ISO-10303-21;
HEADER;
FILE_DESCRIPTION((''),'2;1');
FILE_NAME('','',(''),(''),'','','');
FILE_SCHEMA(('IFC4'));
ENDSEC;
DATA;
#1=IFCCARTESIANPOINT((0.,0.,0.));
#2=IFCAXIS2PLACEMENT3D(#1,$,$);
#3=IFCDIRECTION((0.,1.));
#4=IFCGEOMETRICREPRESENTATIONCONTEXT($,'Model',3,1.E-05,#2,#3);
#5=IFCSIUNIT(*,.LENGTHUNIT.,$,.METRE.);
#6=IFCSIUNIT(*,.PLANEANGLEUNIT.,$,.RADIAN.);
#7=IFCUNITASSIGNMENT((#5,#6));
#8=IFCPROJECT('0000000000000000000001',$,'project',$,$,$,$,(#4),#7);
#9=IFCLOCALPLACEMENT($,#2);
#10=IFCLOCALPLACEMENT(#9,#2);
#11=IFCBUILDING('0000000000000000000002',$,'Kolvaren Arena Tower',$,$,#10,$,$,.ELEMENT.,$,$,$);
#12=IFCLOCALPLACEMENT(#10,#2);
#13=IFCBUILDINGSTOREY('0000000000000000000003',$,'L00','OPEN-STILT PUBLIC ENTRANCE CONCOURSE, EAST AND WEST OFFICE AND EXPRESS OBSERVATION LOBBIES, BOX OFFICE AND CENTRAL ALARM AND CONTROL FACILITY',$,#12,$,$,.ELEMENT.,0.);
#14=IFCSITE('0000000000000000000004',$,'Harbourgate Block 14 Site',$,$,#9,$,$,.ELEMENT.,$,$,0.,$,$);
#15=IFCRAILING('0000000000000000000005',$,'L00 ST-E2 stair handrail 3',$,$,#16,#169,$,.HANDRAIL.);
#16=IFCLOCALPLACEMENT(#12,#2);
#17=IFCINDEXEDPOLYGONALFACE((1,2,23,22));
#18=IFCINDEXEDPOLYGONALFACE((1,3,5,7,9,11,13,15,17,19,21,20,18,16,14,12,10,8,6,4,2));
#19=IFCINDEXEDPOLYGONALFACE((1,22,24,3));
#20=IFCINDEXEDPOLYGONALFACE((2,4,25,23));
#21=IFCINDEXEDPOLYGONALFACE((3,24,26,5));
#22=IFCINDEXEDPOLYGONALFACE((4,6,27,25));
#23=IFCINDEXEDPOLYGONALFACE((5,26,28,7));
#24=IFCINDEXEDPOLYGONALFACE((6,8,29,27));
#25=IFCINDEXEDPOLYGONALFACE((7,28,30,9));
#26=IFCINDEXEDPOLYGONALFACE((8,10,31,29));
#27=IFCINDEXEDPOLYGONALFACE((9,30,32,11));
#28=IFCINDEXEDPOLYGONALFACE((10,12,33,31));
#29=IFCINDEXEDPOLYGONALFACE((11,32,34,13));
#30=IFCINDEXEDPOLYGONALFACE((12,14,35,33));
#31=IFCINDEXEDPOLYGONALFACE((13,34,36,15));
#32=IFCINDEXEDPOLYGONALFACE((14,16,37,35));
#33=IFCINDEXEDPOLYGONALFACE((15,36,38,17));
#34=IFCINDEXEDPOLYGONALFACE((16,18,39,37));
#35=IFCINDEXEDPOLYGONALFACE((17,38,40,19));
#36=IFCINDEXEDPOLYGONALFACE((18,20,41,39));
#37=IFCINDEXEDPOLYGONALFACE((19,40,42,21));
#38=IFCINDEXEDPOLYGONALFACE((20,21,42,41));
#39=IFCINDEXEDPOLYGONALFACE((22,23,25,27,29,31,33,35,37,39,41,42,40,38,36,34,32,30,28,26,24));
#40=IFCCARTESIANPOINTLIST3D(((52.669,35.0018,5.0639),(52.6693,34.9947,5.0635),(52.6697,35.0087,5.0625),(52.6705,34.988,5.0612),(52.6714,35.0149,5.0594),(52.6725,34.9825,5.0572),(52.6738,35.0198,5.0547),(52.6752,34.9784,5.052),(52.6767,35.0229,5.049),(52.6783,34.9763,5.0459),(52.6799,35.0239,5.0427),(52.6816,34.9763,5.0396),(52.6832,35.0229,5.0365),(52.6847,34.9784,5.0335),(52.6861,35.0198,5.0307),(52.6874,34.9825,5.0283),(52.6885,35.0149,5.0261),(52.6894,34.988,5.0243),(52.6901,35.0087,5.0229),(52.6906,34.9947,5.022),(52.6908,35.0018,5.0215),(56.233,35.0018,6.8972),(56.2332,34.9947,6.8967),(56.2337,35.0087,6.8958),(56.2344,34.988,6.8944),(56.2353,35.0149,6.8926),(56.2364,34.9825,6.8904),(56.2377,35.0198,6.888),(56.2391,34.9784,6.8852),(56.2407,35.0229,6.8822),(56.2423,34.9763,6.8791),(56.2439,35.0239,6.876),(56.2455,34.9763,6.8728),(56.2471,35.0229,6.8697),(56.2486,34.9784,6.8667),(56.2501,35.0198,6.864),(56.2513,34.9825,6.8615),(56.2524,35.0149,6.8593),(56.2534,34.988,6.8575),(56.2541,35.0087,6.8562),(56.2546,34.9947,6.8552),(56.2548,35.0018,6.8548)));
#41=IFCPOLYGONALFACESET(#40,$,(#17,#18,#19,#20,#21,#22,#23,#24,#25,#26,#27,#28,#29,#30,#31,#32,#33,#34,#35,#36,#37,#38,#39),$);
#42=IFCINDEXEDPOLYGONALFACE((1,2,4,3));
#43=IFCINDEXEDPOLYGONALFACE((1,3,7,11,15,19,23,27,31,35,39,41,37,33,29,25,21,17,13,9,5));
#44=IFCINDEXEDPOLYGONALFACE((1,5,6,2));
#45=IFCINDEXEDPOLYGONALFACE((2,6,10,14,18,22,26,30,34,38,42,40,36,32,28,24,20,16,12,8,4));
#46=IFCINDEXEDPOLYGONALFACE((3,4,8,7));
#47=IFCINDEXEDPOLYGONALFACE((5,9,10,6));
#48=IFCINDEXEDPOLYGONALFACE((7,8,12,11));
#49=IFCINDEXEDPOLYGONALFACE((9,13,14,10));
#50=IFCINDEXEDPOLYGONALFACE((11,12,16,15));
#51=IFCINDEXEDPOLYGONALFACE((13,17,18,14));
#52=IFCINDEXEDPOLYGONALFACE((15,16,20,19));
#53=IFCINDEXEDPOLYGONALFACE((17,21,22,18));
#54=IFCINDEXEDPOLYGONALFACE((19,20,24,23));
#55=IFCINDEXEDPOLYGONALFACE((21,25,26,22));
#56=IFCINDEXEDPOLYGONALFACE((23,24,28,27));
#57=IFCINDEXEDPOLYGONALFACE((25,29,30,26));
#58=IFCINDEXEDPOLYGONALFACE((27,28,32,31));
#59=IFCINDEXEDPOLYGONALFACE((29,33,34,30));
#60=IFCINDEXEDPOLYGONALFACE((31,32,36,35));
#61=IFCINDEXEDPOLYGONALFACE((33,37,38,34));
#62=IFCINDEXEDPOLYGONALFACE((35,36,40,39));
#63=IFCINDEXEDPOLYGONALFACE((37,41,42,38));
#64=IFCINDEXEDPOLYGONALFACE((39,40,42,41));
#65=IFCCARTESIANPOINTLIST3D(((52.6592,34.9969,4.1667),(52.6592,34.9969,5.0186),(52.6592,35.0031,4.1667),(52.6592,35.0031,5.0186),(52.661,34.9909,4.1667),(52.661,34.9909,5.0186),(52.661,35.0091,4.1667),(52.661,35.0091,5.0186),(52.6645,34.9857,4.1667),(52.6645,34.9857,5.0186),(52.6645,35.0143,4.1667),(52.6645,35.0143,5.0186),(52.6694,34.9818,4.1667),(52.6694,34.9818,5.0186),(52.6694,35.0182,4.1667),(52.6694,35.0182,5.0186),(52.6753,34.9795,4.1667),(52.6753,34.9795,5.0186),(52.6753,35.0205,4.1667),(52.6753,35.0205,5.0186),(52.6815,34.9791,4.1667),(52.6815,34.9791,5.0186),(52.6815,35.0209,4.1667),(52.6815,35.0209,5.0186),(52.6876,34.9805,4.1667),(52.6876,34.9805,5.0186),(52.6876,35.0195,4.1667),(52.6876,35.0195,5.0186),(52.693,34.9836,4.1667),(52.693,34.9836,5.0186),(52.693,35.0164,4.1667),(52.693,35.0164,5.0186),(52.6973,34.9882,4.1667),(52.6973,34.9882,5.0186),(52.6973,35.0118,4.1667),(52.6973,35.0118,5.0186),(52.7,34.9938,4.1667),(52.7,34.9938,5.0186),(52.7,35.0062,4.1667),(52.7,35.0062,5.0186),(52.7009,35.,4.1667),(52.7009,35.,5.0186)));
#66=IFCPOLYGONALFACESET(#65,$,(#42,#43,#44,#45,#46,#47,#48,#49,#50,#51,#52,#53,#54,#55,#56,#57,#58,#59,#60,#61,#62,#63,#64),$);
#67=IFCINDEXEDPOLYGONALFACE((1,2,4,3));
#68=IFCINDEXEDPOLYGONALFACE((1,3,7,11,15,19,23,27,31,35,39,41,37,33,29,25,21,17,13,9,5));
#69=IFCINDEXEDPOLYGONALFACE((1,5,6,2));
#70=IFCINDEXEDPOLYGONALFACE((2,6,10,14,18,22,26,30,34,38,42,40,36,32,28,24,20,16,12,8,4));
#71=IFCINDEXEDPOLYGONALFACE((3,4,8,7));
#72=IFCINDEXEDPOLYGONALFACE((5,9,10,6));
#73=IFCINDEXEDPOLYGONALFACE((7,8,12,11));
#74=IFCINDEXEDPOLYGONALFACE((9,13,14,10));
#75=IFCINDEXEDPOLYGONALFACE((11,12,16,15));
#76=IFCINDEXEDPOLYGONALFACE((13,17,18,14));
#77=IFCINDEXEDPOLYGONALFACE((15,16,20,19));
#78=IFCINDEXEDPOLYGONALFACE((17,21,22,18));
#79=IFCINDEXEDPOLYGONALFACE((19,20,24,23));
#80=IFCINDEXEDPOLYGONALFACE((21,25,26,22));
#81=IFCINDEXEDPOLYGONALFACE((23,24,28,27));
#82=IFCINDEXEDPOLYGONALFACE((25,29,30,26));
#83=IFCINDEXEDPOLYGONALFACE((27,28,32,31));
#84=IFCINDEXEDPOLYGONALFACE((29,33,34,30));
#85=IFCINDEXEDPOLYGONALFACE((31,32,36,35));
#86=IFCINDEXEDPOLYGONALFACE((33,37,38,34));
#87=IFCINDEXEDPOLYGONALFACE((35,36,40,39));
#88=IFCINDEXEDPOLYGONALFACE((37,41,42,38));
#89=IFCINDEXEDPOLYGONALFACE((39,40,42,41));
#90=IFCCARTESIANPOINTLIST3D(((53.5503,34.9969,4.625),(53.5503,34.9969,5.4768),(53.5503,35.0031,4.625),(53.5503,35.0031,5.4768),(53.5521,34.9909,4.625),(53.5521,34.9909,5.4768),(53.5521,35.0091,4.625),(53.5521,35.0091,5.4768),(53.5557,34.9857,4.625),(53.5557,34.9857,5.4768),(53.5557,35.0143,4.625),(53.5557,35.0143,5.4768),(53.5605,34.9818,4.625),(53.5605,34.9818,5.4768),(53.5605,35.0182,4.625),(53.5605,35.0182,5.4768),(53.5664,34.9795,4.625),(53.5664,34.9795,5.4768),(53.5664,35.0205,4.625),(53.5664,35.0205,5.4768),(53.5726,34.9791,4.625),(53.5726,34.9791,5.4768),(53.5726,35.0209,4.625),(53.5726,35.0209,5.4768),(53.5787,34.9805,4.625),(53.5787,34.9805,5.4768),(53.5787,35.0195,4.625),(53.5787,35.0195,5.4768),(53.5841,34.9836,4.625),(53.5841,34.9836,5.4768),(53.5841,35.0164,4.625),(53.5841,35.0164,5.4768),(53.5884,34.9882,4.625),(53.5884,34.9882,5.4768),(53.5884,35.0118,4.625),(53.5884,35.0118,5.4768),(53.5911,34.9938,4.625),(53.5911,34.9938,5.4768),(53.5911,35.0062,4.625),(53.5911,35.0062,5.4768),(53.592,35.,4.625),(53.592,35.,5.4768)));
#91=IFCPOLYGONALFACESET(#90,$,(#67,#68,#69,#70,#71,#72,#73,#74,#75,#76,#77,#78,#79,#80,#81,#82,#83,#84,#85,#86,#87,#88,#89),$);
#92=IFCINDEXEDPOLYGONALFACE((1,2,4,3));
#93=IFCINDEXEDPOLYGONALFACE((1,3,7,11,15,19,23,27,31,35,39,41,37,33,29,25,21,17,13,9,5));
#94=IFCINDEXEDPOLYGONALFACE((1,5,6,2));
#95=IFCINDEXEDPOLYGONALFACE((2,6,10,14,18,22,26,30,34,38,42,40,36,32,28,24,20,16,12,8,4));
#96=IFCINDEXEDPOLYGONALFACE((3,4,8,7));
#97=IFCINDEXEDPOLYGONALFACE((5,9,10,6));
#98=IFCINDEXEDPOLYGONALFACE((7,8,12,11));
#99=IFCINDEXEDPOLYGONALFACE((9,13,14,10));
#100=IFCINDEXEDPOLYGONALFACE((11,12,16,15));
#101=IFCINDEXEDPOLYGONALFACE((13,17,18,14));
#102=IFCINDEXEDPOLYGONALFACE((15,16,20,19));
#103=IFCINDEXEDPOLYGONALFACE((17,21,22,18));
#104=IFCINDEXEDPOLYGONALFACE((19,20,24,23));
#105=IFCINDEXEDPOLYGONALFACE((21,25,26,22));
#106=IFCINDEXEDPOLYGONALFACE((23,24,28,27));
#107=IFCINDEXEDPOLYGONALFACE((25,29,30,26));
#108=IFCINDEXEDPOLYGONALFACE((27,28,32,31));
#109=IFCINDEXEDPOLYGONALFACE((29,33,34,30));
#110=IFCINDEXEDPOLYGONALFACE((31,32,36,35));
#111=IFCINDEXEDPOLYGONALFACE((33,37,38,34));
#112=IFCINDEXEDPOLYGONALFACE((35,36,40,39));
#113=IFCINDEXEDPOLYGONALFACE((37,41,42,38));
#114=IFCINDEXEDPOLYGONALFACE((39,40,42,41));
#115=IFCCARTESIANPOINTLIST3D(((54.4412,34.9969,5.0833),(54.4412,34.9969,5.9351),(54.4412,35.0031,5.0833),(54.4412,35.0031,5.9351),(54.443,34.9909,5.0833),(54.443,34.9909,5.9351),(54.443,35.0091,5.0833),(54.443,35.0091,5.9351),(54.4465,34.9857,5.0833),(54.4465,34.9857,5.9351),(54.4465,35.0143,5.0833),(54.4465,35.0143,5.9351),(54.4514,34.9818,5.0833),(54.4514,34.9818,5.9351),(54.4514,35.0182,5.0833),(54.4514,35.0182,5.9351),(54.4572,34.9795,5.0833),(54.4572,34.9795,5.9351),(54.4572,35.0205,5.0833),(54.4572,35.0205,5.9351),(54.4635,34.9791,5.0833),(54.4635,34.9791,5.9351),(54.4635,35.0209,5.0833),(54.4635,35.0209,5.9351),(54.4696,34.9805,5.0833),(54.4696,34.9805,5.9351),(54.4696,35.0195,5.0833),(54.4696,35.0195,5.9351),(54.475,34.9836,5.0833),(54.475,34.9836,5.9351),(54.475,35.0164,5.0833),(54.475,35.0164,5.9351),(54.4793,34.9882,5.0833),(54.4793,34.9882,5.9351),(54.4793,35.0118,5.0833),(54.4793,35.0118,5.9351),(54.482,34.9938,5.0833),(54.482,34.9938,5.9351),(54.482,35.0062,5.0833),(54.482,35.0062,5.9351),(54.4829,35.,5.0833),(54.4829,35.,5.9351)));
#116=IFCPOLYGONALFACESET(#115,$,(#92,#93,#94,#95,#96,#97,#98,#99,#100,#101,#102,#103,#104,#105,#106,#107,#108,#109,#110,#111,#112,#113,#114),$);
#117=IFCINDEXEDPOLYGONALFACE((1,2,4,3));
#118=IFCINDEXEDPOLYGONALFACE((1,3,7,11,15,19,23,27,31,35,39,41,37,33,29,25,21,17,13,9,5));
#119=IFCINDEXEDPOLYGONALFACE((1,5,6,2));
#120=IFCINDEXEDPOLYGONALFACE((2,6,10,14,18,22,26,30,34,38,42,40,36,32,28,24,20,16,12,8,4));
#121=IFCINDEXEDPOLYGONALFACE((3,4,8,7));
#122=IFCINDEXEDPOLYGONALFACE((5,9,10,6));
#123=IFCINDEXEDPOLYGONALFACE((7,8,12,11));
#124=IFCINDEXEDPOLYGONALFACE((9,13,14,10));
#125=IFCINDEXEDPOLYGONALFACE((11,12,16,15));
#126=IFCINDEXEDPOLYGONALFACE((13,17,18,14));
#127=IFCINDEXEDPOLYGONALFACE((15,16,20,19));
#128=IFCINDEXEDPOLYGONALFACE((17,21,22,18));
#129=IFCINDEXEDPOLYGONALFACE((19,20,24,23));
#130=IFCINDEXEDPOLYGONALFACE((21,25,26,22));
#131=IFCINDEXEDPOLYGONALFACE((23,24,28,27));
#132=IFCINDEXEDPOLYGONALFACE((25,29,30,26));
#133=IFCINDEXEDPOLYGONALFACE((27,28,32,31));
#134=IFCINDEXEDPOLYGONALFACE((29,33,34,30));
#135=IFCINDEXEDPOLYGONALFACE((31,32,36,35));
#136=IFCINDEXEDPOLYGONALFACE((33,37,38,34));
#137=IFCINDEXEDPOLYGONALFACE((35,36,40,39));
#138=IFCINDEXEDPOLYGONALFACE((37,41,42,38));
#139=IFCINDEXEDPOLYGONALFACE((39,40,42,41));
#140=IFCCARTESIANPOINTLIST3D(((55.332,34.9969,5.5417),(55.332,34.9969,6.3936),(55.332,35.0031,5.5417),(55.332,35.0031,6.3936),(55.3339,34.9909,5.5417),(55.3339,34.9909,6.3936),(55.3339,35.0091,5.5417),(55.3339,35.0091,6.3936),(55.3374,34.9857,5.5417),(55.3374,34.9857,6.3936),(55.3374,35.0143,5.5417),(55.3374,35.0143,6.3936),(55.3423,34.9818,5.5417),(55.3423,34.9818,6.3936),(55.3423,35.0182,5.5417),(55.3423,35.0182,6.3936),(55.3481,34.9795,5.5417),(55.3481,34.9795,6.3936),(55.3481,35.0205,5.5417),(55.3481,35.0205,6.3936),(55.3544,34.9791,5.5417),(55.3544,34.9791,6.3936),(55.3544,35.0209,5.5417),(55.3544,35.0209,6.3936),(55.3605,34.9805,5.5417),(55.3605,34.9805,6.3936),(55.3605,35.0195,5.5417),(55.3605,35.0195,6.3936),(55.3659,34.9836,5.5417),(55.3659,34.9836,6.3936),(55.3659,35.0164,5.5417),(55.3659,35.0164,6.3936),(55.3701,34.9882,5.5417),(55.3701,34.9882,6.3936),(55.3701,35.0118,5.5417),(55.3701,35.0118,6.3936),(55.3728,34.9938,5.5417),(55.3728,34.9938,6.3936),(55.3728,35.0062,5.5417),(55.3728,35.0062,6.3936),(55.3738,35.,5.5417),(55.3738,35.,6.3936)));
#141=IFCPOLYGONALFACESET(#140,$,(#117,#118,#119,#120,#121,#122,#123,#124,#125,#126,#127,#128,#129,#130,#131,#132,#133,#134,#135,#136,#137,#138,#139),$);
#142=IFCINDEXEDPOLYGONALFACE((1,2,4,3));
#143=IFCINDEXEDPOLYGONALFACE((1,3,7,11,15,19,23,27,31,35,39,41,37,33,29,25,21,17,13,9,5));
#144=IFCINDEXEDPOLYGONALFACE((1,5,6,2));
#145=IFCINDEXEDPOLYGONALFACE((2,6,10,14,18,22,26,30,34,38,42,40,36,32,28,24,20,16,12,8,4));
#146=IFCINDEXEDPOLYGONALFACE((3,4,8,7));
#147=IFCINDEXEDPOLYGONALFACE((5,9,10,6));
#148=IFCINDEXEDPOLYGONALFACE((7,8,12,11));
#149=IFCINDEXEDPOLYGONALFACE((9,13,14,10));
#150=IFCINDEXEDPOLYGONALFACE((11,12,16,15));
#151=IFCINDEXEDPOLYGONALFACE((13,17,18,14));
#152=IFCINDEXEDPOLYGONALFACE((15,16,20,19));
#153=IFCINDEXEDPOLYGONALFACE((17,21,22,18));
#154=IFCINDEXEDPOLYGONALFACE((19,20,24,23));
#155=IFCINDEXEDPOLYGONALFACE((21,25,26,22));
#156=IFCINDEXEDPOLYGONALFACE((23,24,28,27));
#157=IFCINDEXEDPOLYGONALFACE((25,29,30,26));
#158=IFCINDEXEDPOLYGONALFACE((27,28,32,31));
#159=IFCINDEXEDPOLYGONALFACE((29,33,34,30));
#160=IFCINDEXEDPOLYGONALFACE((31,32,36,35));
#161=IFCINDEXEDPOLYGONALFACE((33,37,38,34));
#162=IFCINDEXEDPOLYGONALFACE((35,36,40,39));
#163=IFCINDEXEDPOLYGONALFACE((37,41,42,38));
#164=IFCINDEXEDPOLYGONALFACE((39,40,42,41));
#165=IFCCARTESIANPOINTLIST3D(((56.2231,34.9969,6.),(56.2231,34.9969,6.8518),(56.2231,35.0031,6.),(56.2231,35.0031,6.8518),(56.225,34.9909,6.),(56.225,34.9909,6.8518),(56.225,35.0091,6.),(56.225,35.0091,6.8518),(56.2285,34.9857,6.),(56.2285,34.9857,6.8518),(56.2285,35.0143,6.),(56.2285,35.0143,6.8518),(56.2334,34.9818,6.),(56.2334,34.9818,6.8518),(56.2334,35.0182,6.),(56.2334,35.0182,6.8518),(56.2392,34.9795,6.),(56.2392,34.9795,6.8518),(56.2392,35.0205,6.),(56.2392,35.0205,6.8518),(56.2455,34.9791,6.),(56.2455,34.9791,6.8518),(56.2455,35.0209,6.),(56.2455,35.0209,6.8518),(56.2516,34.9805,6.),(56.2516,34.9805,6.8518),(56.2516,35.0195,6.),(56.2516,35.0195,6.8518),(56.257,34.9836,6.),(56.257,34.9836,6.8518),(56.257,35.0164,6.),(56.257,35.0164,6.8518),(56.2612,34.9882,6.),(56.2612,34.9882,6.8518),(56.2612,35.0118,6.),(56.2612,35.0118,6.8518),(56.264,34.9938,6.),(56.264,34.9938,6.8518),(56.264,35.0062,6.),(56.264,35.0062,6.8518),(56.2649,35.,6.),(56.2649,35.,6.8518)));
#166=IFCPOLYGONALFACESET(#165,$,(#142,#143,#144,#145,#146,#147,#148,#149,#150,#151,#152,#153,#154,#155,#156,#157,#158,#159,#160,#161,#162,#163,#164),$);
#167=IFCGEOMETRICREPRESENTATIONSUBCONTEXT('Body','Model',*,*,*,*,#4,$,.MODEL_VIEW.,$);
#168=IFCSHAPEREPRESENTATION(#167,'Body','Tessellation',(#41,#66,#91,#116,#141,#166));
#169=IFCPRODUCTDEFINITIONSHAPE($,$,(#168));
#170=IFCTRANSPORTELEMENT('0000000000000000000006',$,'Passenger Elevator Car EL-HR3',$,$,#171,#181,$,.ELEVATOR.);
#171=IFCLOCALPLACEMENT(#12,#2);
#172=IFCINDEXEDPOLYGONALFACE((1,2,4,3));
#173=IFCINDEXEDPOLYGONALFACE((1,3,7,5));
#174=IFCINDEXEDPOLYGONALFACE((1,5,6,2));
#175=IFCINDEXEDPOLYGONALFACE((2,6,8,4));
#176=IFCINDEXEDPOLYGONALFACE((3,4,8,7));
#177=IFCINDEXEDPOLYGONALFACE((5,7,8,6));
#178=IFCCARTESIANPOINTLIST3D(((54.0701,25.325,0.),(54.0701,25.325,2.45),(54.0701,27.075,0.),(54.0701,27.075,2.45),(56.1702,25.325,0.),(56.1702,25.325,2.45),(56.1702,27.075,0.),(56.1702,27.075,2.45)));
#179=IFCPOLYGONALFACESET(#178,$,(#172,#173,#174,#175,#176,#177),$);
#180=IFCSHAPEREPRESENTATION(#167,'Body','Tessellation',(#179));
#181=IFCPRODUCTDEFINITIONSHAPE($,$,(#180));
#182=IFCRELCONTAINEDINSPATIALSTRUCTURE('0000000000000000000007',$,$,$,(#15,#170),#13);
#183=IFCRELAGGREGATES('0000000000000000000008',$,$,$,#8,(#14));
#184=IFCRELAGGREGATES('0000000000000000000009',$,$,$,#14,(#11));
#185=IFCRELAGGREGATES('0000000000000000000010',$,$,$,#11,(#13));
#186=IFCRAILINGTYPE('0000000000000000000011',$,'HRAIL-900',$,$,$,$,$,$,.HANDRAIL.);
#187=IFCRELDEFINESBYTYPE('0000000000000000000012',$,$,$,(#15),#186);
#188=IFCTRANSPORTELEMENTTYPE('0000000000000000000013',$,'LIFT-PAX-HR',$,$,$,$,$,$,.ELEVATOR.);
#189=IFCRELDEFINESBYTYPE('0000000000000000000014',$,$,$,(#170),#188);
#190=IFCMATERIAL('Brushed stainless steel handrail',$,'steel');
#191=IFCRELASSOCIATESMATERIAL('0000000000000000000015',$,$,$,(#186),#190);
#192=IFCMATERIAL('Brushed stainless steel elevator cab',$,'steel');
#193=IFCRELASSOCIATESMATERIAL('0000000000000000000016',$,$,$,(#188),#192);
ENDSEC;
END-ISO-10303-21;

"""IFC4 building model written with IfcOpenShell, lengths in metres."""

from ifc_helpers import new_model, si_unit, direction, frame, origin, origin_2d, place, context, subcontext, project, spatial, rectangle, circle, extrude, material, type_object, element, save


model = new_model("IFC4")

# Units and contexts
model_context = context("Model", 3, precision=1e-05, world=origin(), true_north=direction((0.0, 1.0)))
body_context = subcontext(model_context, "Body", "Model", "MODEL_VIEW")
ifc_project = project(units=[si_unit("LENGTHUNIT", "METRE"), si_unit("PLANEANGLEUNIT", "RADIAN")], contexts=[model_context])

# Site, building, storey
site_placement = place(None, origin())
site = spatial("IfcSite", under=ifc_project, at=site_placement, Name="Harbourgate Block 14 Site", CompositionType="ELEMENT", RefElevation=0.0)
building_placement = place(site_placement, origin())
building = spatial("IfcBuilding", under=site, at=building_placement, Name="Kolvaren Arena Tower", CompositionType="ELEMENT")
storey_placement = place(building_placement, origin())
storey = spatial("IfcBuildingStorey", under=building, at=storey_placement, Name="L00", Description="OPEN-STILT PUBLIC ENTRANCE CONCOURSE, EAST AND WEST OFFICE AND EXPRESS OBSERVATION LOBBIES, BOX OFFICE AND CENTRAL ALARM AND CONTROL FACILITY", CompositionType="ELEMENT", Elevation=0.0)

# Railing
ifc_material_1 = material(Name="Brushed stainless steel handrail", Category="steel")
railing_type_1 = type_object("IfcRailingType", Name="HRAIL-900", PredefinedType="HANDRAIL", material=ifc_material_1)
for number, where, name in (
    (1, (52.6799, 35.0, 4.1667), "L00 ST-E2 stair handrail 3"),
):
    element("IfcRailing", number, at=place(storey_placement, frame(where)), inside=storey, type_object=railing_type_1, Name=name, PredefinedType="HANDRAIL", context=body_context, shape_type="SweptSolid", body=[
        extrude(circle(Radius=0.0239, at=origin_2d()), frame((0.0, 0.0, 0.876), z_axis=(0.889252, 0.0, 0.457418), x_axis=(0.0, 1.0, 0.0)), (0.0, 0.0, 1.0), 4.0078),
        extrude(circle(Radius=0.021, at=origin_2d()), origin(), (0.0, 0.0, 1.0), 0.8518),
        extrude(circle(Radius=0.021, at=origin_2d()), frame((0.8911, 0.0, 0.4583)), (0.0, 0.0, 1.0), 0.8518),
        extrude(circle(Radius=0.021, at=origin_2d()), frame((1.782, 0.0, 0.9165)), (0.0, 0.0, 1.0), 0.8518),
        extrude(circle(Radius=0.021, at=origin_2d()), frame((2.6729, 0.0, 1.375)), (0.0, 0.0, 1.0), 0.8518),
        extrude(circle(Radius=0.021, at=origin_2d()), frame((3.564, 0.0, 1.8333)), (0.0, 0.0, 1.0), 0.8518),
    ])

# Transport element
ifc_material_2 = material(Name="Brushed stainless steel elevator cab", Category="steel")
transport_element_type = type_object("IfcTransportElementType", Name="LIFT-PAX-HR", PredefinedType="ELEVATOR", material=ifc_material_2)
transport_element_placement = place(storey_placement, frame((55.1201, 26.2, 0.0), z_axis=(0.0, 0.0, 1.0), x_axis=(1.0, 0.0, 0.0)))
element("IfcTransportElement", 2, at=transport_element_placement, inside=storey, type_object=transport_element_type, Name="Passenger Elevator Car EL-HR3", PredefinedType="ELEVATOR", context=body_context, shape_type="SweptSolid", body=[
    extrude(rectangle(XDim=2.1001, YDim=1.75, at=origin_2d()), origin(), (0.0, 0.0, 1.0), 2.45),
])

save(model, "model.ifc")
